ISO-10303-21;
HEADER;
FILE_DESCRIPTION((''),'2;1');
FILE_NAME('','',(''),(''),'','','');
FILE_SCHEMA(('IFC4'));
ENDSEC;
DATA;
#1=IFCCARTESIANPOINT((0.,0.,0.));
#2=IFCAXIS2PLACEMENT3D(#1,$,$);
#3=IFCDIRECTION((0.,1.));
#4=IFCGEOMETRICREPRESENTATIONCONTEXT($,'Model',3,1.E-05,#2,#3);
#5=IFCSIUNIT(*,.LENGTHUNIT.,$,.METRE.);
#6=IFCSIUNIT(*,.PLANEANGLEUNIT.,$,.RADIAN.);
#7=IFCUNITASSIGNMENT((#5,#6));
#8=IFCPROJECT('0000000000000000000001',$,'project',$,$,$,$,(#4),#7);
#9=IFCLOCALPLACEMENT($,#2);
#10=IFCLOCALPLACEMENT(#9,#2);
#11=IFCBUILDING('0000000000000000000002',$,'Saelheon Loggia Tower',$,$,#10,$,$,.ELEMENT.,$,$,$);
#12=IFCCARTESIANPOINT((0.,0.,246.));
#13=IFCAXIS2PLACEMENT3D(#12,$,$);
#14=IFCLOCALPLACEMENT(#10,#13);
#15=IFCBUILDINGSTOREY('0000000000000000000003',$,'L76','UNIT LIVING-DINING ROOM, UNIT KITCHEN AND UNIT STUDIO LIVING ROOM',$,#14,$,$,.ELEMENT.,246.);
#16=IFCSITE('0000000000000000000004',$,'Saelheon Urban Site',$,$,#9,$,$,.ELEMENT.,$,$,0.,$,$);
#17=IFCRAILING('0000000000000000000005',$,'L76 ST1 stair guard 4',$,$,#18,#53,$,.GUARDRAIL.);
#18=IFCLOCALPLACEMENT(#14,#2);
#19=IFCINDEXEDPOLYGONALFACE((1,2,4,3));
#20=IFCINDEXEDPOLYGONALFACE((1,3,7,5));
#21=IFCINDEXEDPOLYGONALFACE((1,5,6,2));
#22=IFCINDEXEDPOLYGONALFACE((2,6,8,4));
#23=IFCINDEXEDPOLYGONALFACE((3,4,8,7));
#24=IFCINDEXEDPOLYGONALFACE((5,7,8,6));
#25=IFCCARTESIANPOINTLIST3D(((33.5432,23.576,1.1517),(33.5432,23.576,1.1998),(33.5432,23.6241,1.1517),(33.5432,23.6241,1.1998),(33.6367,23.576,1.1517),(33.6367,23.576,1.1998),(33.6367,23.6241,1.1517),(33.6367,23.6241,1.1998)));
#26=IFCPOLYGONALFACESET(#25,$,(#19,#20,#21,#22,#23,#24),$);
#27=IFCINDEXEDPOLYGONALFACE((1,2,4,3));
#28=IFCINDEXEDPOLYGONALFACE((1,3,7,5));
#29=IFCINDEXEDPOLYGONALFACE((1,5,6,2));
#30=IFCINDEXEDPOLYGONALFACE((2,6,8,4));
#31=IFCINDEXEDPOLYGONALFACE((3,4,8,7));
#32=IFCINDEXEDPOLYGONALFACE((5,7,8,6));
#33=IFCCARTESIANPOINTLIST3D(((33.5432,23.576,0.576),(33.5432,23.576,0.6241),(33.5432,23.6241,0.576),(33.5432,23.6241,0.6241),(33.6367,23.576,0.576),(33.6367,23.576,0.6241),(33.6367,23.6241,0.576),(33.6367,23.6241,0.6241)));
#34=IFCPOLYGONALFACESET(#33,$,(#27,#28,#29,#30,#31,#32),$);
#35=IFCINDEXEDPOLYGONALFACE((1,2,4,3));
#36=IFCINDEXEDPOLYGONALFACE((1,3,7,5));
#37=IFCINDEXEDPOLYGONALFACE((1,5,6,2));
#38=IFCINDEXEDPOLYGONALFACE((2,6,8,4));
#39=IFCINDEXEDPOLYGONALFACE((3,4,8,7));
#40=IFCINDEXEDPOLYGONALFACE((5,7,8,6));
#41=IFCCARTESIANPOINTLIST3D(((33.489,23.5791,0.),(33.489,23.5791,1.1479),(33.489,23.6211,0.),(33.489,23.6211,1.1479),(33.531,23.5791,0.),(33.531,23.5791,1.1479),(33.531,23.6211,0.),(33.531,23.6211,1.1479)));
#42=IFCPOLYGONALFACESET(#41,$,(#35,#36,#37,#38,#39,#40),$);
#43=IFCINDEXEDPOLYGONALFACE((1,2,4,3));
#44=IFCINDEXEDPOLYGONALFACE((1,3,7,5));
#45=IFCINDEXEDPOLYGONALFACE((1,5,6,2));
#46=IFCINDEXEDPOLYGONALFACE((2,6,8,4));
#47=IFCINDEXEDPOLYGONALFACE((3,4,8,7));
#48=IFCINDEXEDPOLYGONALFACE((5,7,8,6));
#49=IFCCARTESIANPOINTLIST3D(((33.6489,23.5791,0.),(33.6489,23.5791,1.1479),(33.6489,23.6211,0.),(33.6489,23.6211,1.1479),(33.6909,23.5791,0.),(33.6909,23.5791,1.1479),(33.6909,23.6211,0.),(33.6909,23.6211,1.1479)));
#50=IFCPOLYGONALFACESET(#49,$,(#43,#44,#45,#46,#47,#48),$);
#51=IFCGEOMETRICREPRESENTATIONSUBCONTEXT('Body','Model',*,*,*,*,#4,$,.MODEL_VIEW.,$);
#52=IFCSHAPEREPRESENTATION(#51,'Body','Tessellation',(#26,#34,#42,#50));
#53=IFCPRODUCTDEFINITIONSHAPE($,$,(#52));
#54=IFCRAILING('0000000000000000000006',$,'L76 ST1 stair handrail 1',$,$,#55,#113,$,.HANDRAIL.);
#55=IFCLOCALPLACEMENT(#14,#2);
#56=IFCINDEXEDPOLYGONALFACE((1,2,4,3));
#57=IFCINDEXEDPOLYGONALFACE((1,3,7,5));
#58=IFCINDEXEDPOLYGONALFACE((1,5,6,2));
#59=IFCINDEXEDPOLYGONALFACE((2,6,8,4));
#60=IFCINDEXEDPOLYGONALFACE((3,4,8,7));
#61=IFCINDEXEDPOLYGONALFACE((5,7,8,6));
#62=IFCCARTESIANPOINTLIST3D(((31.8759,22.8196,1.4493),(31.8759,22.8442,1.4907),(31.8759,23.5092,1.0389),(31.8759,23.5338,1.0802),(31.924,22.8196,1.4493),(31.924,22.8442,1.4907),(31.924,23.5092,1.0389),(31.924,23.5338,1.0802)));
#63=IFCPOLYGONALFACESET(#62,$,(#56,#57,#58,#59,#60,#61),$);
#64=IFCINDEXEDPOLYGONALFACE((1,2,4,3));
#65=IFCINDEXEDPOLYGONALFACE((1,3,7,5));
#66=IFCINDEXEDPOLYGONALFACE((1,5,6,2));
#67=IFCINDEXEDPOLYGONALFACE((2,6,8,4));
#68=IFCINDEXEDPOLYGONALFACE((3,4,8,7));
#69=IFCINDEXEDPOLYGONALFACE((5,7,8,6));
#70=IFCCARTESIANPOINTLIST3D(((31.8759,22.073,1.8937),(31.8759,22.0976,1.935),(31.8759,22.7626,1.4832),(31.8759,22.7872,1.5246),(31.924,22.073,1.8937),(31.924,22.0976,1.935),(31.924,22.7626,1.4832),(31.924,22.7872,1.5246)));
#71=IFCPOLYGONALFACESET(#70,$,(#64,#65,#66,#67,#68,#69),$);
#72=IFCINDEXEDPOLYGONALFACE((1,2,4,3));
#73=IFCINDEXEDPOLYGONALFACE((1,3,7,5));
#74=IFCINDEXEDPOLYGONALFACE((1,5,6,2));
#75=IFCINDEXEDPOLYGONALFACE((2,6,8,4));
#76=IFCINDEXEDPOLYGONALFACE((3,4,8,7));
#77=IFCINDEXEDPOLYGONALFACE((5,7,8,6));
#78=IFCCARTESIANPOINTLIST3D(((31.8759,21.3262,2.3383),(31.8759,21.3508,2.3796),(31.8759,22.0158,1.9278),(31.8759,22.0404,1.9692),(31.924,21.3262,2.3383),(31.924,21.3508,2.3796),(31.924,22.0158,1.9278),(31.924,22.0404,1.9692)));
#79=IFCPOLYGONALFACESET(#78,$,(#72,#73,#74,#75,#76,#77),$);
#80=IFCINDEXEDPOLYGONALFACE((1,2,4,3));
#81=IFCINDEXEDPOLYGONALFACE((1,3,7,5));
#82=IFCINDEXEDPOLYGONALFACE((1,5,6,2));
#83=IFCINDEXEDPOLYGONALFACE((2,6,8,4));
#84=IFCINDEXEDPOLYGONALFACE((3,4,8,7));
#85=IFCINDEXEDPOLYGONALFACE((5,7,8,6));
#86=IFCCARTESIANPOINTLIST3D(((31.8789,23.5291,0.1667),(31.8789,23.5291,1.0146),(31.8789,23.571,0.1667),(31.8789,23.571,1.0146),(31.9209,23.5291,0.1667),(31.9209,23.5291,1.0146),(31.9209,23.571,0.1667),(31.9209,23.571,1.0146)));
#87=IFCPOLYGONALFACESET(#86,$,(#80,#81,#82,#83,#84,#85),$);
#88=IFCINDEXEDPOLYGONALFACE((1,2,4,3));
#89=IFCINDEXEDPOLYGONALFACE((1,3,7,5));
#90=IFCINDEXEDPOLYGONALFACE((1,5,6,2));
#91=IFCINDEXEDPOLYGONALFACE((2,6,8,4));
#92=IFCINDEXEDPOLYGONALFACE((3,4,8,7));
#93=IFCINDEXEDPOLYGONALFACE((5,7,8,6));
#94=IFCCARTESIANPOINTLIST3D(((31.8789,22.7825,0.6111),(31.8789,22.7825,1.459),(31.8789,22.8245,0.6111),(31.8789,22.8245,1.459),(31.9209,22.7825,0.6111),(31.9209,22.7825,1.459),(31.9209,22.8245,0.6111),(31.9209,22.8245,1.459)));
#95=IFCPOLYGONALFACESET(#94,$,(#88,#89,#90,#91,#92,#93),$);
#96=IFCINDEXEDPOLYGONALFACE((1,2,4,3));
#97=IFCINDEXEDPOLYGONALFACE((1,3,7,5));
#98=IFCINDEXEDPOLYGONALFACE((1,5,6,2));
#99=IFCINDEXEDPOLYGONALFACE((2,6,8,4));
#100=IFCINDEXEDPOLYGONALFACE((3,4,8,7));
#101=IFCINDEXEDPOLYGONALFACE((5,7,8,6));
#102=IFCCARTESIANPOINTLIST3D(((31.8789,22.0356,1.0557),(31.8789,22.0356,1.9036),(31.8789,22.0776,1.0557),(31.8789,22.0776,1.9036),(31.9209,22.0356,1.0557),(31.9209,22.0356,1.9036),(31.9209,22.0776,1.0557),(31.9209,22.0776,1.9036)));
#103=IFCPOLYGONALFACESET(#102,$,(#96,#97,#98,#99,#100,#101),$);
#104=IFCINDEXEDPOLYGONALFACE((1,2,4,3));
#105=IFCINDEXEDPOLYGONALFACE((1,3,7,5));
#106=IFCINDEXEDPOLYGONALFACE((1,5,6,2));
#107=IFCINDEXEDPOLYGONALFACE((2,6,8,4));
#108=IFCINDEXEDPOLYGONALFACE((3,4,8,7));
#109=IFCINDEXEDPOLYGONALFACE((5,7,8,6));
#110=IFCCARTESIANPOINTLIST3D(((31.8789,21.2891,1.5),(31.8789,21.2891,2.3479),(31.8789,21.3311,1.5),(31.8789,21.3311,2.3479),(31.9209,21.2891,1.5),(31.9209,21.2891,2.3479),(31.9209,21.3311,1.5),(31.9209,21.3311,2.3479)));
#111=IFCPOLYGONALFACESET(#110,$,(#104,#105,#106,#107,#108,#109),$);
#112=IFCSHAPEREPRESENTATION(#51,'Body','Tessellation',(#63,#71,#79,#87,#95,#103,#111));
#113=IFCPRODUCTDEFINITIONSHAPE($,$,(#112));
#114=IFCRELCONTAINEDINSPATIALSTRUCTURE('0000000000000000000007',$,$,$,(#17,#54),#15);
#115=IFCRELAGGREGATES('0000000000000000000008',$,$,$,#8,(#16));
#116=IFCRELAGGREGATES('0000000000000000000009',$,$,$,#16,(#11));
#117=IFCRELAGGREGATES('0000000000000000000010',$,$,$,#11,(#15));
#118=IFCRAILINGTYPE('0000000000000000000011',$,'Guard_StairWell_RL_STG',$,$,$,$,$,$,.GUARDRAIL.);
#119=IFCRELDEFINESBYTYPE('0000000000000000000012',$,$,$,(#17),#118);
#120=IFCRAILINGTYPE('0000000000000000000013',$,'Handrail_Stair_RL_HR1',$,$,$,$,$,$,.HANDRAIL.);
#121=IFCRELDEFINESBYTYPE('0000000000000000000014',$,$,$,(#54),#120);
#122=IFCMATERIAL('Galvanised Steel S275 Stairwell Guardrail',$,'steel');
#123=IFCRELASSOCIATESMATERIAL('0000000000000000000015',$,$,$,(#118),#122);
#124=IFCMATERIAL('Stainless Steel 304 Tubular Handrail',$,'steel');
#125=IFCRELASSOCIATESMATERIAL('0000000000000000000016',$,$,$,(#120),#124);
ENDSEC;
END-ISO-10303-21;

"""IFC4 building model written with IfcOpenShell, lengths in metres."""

from ifc_helpers import new_model, si_unit, direction, frame, origin, origin_2d, place, context, subcontext, project, spatial, rectangle, extrude, material, type_object, element, save


model = new_model("IFC4")

# Units and contexts
model_context = context("Model", 3, precision=1e-05, world=origin(), true_north=direction((0.0, 1.0)))
body_context = subcontext(model_context, "Body", "Model", "MODEL_VIEW")
ifc_project = project(units=[si_unit("LENGTHUNIT", "METRE"), si_unit("PLANEANGLEUNIT", "RADIAN")], contexts=[model_context])

# Site, building, storey
site_placement = place(None, origin())
site = spatial("IfcSite", under=ifc_project, at=site_placement, Name="Saelheon Urban Site", CompositionType="ELEMENT", RefElevation=0.0)
building_placement = place(site_placement, origin())
building = spatial("IfcBuilding", under=site, at=building_placement, Name="Saelheon Loggia Tower", CompositionType="ELEMENT")
storey_placement = place(building_placement, frame((0.0, 0.0, 246.0)))
storey = spatial("IfcBuildingStorey", under=building, at=storey_placement, Name="L76", Description="UNIT LIVING-DINING ROOM, UNIT KITCHEN AND UNIT STUDIO LIVING ROOM", CompositionType="ELEMENT", Elevation=246.0)

# Railings
ifc_material_1 = material(Name="Galvanised Steel S275 Stairwell Guardrail", Category="steel")
railing_type_1 = type_object("IfcRailingType", Name="Guard_StairWell_RL_STG", PredefinedType="GUARDRAIL", material=ifc_material_1)
railing_1_placement = place(storey_placement, frame((33.51, 23.6001, 0.0)))
element("IfcRailing", 1, at=railing_1_placement, inside=storey, type_object=railing_type_1, Name="L76 ST1 stair guard 4", PredefinedType="GUARDRAIL", context=body_context, shape_type="SweptSolid", body=[
    extrude(rectangle(XDim=0.0481, YDim=0.0481, at=origin_2d()), frame((0.0332, 0.0, 1.1758), z_axis=(1.0, 0.0, 0.0), x_axis=(0.0, 1.0, 0.0)), (0.0, 0.0, 1.0), 0.0935),
    extrude(rectangle(XDim=0.0481, YDim=0.0481, at=origin_2d()), frame((0.0332, 0.0, 0.6001), z_axis=(1.0, 0.0, 0.0), x_axis=(0.0, 1.0, 0.0)), (0.0, 0.0, 1.0), 0.0935),
    extrude(rectangle(XDim=0.042, YDim=0.042, at=origin_2d()), origin(), (0.0, 0.0, 1.0), 1.1479),
    extrude(rectangle(XDim=0.042, YDim=0.042, at=origin_2d()), frame((0.1599, 0.0, 0.0)), (0.0, 0.0, 1.0), 1.1479),
])
ifc_material_2 = material(Name="Stainless Steel 304 Tubular Handrail", Category="steel")
railing_type_2 = type_object("IfcRailingType", Name="Handrail_Stair_RL_HR1", PredefinedType="HANDRAIL", material=ifc_material_2)
railing_2_placement = place(storey_placement, frame((31.8999, 23.55, 0.1667)))
element("IfcRailing", 2, at=railing_2_placement, inside=storey, type_object=railing_type_2, Name="L76 ST1 stair handrail 1", PredefinedType="HANDRAIL", context=body_context, shape_type="SweptSolid", body=[
    extrude(rectangle(XDim=0.0481, YDim=0.0481, at=origin_2d()), frame((0.0, -0.0286, 0.8928), z_axis=(0.0, -0.859306, 0.511462), x_axis=(1.0, 0.0, 0.0)), (0.0, 0.0, 1.0), 0.8025),
    extrude(rectangle(XDim=0.0481, YDim=0.0481, at=origin_2d()), frame((0.0, -0.7751, 1.3372), z_axis=(0.0, -0.859306, 0.511462), x_axis=(1.0, 0.0, 0.0)), (0.0, 0.0, 1.0), 0.8025),
    extrude(rectangle(XDim=0.0481, YDim=0.0481, at=origin_2d()), frame((0.0, -1.522, 1.7817), z_axis=(0.0, -0.859306, 0.511462), x_axis=(1.0, 0.0, 0.0)), (0.0, 0.0, 1.0), 0.8025),
    extrude(rectangle(XDim=0.042, YDim=0.042, at=origin_2d()), origin(), (0.0, 0.0, 1.0), 0.8479),
    extrude(rectangle(XDim=0.042, YDim=0.042, at=origin_2d()), frame((0.0, -0.7466, 0.4443)), (0.0, 0.0, 1.0), 0.8479),
    extrude(rectangle(XDim=0.042, YDim=0.042, at=origin_2d()), frame((0.0, -1.4934, 0.8889)), (0.0, 0.0, 1.0), 0.8479),
    extrude(rectangle(XDim=0.042, YDim=0.042, at=origin_2d()), frame((0.0, -2.24, 1.3333)), (0.0, 0.0, 1.0), 0.8479),
])

save(model, "model.ifc")
